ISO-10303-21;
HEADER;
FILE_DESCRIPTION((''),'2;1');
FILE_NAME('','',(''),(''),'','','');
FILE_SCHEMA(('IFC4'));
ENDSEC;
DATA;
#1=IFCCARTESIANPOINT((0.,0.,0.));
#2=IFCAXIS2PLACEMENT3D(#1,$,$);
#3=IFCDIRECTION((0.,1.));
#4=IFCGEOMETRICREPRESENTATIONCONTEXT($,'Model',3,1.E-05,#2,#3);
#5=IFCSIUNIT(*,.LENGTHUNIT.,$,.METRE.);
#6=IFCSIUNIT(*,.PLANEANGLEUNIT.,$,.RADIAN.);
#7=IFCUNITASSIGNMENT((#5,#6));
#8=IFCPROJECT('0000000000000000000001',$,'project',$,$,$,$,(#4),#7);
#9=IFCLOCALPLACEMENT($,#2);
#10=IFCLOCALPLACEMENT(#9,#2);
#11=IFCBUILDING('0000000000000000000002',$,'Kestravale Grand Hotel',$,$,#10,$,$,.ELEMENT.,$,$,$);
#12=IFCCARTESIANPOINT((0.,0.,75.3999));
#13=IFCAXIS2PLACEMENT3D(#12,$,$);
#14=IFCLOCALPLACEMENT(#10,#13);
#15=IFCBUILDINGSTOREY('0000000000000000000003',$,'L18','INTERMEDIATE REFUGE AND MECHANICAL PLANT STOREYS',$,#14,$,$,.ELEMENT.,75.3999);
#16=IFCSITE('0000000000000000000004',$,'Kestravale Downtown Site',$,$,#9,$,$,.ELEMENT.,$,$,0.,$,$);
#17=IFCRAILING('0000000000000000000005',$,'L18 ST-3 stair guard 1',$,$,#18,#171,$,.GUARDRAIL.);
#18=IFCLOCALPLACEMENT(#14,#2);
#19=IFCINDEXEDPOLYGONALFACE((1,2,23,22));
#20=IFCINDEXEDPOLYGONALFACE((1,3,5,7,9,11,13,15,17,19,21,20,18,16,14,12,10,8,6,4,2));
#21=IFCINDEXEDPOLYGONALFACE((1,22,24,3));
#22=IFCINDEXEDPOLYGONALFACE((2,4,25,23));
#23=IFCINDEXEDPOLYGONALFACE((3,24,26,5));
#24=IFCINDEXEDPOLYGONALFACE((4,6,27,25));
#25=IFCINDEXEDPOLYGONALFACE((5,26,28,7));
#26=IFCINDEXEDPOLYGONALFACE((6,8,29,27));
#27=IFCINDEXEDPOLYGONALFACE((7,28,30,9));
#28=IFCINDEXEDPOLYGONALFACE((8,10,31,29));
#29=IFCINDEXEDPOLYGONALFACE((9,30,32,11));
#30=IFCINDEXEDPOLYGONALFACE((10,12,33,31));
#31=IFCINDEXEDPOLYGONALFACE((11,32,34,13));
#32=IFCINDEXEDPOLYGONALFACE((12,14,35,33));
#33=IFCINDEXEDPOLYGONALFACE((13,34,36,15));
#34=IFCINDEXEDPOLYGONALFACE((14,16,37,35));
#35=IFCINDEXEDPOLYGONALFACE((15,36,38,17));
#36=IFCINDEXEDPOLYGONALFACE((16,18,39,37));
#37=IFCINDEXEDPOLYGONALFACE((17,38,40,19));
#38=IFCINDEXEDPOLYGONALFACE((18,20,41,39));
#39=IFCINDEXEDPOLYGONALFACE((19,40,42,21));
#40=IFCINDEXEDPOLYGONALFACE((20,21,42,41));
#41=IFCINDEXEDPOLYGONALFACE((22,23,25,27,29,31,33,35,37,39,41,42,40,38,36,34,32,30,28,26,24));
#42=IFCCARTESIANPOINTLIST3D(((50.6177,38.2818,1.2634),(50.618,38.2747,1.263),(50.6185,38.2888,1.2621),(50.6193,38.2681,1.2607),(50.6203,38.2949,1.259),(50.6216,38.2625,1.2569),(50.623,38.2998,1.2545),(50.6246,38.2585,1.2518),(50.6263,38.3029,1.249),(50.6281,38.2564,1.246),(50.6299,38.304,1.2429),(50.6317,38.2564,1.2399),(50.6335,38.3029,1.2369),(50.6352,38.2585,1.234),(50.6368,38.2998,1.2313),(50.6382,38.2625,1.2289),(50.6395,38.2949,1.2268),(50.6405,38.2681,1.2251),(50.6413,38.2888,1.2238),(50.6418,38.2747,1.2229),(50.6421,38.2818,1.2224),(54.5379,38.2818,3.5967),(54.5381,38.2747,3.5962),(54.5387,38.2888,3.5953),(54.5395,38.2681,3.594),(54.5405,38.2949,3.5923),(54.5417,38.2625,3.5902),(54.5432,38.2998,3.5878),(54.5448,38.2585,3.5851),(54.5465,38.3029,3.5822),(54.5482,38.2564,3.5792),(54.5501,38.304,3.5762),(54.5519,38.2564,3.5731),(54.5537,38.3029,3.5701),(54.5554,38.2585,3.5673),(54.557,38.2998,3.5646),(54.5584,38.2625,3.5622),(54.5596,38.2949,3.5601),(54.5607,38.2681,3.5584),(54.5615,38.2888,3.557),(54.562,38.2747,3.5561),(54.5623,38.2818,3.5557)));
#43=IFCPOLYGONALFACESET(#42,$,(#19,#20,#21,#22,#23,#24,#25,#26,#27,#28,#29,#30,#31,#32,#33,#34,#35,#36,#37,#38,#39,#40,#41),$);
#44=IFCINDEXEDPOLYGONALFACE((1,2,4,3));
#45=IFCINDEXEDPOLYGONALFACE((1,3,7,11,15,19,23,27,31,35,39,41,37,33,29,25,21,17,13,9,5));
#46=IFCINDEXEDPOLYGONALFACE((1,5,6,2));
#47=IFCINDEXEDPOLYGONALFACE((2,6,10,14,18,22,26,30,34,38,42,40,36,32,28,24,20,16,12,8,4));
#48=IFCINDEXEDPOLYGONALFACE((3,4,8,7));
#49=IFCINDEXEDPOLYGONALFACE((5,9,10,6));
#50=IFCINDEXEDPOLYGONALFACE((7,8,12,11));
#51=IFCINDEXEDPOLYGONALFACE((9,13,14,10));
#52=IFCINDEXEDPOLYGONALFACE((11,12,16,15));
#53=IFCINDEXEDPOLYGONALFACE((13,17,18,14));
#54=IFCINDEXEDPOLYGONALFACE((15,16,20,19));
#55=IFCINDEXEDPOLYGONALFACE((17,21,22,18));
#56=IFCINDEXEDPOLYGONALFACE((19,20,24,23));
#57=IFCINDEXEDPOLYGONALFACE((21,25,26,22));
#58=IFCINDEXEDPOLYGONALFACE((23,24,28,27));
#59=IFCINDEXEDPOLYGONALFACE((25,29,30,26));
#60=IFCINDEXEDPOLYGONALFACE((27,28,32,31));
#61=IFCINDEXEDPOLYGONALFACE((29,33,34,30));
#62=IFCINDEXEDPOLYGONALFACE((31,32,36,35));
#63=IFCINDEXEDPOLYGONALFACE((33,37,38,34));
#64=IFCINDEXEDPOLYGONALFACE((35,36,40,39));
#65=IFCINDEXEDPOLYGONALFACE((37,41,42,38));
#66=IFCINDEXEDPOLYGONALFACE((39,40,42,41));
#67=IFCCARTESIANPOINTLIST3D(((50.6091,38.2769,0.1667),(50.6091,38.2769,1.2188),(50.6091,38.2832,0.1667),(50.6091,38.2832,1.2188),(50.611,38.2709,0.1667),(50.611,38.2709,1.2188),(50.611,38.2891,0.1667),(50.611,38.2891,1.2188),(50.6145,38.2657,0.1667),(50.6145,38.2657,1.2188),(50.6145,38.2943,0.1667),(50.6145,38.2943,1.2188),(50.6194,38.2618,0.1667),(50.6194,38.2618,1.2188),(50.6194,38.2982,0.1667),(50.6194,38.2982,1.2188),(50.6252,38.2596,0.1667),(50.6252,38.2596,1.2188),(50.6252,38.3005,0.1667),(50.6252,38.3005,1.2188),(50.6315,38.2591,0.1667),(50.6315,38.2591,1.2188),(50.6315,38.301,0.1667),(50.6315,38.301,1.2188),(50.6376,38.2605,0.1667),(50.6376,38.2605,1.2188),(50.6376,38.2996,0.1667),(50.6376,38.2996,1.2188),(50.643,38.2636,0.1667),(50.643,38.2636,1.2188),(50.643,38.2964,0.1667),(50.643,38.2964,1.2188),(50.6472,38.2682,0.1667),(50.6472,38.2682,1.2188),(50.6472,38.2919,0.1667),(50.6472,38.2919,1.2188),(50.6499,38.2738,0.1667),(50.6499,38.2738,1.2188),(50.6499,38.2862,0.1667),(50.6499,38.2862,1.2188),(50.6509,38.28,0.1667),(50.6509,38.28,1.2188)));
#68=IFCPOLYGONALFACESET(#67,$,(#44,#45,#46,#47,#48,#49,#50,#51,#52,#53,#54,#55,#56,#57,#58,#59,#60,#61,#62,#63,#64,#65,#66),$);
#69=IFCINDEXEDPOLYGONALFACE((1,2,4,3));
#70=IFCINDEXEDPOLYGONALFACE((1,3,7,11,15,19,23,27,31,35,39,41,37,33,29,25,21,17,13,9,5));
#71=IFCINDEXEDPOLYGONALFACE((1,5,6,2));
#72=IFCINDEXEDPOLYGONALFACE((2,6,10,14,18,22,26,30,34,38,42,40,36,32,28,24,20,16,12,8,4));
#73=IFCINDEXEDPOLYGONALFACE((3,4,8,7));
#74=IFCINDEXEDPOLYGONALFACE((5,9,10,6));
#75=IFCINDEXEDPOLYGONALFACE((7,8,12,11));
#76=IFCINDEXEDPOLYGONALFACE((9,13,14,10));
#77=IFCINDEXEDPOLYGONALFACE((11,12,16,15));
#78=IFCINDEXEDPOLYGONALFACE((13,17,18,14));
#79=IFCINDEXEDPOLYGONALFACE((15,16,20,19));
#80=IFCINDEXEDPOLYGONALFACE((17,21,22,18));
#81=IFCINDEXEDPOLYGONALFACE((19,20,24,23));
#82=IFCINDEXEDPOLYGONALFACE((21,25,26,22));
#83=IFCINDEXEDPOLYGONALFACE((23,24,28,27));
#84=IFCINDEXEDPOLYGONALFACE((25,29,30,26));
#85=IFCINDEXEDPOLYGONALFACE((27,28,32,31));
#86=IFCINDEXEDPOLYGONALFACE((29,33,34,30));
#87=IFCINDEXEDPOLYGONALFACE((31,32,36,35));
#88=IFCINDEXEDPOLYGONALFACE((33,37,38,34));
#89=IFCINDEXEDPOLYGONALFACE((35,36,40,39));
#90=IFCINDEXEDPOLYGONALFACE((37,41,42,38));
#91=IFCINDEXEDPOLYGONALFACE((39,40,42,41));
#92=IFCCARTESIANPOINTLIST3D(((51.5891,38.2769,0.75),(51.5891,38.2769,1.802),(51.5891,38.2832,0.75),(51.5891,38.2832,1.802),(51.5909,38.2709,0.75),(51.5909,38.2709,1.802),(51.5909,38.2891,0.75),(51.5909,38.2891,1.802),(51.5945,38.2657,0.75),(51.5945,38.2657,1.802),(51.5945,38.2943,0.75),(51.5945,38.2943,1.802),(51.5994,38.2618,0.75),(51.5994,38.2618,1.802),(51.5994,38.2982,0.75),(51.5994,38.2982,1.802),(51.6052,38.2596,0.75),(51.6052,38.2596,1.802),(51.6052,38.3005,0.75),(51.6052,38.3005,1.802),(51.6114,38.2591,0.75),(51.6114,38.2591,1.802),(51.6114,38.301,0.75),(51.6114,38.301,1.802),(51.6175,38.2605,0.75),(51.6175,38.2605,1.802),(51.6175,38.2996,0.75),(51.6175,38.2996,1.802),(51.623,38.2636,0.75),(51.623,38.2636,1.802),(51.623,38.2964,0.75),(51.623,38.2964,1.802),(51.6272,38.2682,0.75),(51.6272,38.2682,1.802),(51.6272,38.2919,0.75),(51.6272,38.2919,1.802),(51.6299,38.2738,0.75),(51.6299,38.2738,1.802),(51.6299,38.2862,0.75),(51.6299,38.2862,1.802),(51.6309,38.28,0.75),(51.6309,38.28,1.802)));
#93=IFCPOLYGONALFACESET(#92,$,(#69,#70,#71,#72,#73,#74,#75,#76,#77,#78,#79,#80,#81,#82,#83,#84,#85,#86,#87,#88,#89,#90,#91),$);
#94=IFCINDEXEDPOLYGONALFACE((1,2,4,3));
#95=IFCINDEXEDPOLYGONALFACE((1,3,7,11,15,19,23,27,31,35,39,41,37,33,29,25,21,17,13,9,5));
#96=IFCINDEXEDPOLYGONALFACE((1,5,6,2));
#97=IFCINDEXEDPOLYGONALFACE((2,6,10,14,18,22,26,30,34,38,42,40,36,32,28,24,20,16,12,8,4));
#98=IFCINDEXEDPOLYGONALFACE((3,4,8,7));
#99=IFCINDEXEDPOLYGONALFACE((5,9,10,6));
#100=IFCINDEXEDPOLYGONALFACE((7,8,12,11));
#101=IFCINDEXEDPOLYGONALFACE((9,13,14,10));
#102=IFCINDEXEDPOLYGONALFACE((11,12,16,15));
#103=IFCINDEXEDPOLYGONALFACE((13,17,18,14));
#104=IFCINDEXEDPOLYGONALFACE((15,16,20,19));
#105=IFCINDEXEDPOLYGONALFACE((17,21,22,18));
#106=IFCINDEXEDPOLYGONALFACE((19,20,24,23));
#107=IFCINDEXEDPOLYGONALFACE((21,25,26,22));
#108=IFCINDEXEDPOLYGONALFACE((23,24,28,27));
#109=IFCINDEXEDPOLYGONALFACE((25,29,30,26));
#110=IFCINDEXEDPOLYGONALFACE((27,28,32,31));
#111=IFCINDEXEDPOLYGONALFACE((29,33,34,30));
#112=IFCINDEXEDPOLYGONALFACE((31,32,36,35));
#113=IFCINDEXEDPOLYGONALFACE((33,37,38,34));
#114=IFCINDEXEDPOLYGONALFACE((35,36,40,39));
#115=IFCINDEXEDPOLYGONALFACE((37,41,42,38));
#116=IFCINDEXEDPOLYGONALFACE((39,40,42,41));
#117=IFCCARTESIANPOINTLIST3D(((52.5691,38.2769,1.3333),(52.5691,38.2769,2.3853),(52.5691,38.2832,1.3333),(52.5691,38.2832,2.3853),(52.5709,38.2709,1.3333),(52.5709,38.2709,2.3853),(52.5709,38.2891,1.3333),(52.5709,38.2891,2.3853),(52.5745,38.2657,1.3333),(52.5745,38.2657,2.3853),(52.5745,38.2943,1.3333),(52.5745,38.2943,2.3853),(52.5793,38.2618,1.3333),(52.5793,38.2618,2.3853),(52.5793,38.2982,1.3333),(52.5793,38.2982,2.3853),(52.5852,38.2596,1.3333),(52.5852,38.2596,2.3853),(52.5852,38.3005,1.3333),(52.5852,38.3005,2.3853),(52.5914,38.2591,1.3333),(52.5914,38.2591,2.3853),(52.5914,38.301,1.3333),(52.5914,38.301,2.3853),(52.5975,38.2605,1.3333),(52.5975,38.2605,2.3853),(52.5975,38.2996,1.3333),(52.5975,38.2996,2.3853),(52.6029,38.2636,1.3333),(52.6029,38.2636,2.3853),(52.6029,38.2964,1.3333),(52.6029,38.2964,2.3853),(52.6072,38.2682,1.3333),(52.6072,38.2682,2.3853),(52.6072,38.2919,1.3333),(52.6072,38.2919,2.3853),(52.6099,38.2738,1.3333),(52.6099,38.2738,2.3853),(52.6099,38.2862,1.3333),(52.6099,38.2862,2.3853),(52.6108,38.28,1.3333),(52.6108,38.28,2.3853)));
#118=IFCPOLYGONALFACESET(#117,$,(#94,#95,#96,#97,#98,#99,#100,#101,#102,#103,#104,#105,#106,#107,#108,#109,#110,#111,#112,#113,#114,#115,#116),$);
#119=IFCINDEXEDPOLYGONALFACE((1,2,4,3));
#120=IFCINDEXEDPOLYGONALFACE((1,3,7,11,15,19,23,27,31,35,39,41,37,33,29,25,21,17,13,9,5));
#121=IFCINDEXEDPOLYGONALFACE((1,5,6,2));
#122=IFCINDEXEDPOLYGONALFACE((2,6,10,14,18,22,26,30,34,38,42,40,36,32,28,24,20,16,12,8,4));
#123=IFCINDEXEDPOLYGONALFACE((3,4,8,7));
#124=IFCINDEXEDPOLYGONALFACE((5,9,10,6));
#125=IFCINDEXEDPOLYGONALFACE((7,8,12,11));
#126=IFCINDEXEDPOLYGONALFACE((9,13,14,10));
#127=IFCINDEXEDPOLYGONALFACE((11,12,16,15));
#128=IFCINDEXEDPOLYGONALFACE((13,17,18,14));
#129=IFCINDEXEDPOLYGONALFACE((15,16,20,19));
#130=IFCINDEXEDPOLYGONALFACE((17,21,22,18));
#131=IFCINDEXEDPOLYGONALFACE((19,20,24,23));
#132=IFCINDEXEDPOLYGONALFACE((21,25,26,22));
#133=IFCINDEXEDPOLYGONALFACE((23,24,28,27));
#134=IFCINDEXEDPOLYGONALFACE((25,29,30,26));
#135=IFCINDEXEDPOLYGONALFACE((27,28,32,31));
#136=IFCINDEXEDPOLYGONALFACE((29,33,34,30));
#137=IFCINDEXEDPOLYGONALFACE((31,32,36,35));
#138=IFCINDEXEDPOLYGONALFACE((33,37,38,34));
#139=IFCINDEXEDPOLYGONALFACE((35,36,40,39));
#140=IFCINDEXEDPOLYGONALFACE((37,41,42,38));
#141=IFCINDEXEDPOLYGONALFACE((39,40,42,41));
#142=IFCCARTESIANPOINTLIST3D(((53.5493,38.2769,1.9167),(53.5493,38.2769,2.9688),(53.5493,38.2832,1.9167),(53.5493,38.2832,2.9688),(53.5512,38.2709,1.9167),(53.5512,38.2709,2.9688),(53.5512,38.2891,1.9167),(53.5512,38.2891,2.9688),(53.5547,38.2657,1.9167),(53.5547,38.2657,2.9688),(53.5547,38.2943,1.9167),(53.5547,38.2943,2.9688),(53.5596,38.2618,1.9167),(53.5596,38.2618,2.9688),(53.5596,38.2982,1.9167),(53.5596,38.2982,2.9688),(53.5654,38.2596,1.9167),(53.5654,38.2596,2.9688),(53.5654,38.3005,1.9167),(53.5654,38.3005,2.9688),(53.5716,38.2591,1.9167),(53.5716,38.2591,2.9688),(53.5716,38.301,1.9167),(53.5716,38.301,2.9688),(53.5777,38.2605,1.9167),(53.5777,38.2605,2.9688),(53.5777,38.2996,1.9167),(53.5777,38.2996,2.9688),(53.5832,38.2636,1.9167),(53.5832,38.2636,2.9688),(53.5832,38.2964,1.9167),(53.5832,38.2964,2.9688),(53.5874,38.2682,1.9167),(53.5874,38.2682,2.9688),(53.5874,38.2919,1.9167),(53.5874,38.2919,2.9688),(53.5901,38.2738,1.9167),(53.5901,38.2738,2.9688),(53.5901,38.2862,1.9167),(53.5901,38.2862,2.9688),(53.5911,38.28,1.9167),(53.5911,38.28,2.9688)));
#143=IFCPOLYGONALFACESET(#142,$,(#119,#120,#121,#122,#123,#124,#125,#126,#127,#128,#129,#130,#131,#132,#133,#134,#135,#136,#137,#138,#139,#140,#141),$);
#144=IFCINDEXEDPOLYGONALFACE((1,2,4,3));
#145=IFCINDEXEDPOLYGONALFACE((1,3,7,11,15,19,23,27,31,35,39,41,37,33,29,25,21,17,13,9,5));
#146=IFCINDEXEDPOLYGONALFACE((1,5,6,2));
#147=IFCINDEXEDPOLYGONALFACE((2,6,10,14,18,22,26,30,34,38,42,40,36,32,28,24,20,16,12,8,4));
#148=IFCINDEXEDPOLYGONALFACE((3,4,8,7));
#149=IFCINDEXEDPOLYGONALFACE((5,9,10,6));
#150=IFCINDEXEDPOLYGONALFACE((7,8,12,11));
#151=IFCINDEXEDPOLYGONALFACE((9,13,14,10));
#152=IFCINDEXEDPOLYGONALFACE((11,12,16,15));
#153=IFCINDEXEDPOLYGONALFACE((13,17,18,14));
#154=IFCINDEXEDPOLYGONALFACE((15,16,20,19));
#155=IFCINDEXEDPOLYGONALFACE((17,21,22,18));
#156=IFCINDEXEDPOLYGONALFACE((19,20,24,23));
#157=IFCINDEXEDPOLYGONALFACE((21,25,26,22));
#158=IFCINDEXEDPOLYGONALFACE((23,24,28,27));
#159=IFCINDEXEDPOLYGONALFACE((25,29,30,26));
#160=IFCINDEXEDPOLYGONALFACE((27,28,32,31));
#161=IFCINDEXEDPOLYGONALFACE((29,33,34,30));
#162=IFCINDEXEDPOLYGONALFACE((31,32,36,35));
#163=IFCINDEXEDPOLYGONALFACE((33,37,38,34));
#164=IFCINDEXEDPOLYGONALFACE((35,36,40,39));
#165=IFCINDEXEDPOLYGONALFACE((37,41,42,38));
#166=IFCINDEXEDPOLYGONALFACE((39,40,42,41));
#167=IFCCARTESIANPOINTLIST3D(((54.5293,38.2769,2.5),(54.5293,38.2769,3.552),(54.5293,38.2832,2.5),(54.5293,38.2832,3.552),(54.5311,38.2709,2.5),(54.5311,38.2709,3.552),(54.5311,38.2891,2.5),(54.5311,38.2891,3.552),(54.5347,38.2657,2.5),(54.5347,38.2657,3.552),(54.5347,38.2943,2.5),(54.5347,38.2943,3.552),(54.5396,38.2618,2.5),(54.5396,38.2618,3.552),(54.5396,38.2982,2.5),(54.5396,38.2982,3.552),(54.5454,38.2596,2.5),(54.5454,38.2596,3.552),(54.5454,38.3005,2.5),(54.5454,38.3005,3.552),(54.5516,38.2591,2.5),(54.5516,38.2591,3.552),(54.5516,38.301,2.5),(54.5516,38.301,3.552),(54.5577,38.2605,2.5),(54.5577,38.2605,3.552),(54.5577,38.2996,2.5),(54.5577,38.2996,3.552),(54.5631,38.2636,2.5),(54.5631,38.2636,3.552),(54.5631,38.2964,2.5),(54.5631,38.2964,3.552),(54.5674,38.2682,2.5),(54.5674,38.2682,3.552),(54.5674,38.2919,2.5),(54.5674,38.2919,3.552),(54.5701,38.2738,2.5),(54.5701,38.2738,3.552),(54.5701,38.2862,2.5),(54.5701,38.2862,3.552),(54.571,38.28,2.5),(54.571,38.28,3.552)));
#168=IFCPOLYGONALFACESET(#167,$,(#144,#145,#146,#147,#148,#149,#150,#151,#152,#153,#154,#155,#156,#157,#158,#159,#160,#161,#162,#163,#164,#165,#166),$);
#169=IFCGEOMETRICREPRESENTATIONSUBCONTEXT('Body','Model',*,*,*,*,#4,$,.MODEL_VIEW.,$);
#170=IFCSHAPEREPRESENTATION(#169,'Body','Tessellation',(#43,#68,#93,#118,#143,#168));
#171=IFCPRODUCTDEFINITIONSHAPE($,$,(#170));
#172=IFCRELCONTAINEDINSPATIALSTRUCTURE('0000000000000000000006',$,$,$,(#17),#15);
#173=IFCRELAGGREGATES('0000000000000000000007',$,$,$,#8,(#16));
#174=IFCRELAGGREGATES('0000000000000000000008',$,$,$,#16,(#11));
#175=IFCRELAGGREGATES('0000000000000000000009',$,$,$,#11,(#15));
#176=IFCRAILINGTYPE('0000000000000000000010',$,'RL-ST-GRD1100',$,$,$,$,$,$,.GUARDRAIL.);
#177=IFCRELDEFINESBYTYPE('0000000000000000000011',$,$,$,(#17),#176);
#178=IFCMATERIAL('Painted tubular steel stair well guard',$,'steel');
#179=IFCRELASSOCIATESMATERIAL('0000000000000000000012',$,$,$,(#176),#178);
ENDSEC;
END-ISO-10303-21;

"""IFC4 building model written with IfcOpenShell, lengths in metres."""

from ifc_helpers import new_model, si_unit, direction, frame, origin, origin_2d, place, context, subcontext, project, spatial, circle, extrude, material, type_object, element, save


model = new_model("IFC4")

# Units and contexts
model_context = context("Model", 3, precision=1e-05, world=origin(), true_north=direction((0.0, 1.0)))
body_context = subcontext(model_context, "Body", "Model", "MODEL_VIEW")
ifc_project = project(units=[si_unit("LENGTHUNIT", "METRE"), si_unit("PLANEANGLEUNIT", "RADIAN")], contexts=[model_context])

# Site, building, storey
site_placement = place(None, origin())
site = spatial("IfcSite", under=ifc_project, at=site_placement, Name="Kestravale Downtown Site", CompositionType="ELEMENT", RefElevation=0.0)
building_placement = place(site_placement, origin())
building = spatial("IfcBuilding", under=site, at=building_placement, Name="Kestravale Grand Hotel", CompositionType="ELEMENT")
storey_placement = place(building_placement, frame((0.0, 0.0, 75.3999)))
storey = spatial("IfcBuildingStorey", under=building, at=storey_placement, Name="L18", Description="INTERMEDIATE REFUGE AND MECHANICAL PLANT STOREYS", CompositionType="ELEMENT", Elevation=75.3999)

# Railing
ifc_material_1 = material(Name="Painted tubular steel stair well guard", Category="steel")
railing_type_1 = type_object("IfcRailingType", Name="RL-ST-GRD1100", PredefinedType="GUARDRAIL", material=ifc_material_1)
railing_1_placement = place(storey_placement, frame((50.6299, 38.28, 0.1667)))
element("IfcRailing", 1, at=railing_1_placement, inside=storey, type_object=railing_type_1, Name="L18 ST-3 stair guard 1", PredefinedType="GUARDRAIL", context=body_context, shape_type="SweptSolid", body=[
    extrude(circle(Radius=0.0239, at=origin_2d()), frame((0.0, 0.0, 1.0762), z_axis=(0.85931, 0.0, 0.511455), x_axis=(0.0, 1.0, 0.0)), (0.0, 0.0, 1.0), 4.562),
    extrude(circle(Radius=0.021, at=origin_2d()), origin(), (0.0, 0.0, 1.0), 1.052),
    extrude(circle(Radius=0.021, at=origin_2d()), frame((0.98, 0.0, 0.5833)), (0.0, 0.0, 1.0), 1.052),
    extrude(circle(Radius=0.021, at=origin_2d()), frame((1.96, 0.0, 1.1665)), (0.0, 0.0, 1.0), 1.052),
    extrude(circle(Radius=0.021, at=origin_2d()), frame((2.9402, 0.0, 1.75)), (0.0, 0.0, 1.0), 1.052),
    extrude(circle(Radius=0.021, at=origin_2d()), frame((3.9202, 0.0, 2.3333)), (0.0, 0.0, 1.0), 1.052),
])

save(model, "model.ifc")
